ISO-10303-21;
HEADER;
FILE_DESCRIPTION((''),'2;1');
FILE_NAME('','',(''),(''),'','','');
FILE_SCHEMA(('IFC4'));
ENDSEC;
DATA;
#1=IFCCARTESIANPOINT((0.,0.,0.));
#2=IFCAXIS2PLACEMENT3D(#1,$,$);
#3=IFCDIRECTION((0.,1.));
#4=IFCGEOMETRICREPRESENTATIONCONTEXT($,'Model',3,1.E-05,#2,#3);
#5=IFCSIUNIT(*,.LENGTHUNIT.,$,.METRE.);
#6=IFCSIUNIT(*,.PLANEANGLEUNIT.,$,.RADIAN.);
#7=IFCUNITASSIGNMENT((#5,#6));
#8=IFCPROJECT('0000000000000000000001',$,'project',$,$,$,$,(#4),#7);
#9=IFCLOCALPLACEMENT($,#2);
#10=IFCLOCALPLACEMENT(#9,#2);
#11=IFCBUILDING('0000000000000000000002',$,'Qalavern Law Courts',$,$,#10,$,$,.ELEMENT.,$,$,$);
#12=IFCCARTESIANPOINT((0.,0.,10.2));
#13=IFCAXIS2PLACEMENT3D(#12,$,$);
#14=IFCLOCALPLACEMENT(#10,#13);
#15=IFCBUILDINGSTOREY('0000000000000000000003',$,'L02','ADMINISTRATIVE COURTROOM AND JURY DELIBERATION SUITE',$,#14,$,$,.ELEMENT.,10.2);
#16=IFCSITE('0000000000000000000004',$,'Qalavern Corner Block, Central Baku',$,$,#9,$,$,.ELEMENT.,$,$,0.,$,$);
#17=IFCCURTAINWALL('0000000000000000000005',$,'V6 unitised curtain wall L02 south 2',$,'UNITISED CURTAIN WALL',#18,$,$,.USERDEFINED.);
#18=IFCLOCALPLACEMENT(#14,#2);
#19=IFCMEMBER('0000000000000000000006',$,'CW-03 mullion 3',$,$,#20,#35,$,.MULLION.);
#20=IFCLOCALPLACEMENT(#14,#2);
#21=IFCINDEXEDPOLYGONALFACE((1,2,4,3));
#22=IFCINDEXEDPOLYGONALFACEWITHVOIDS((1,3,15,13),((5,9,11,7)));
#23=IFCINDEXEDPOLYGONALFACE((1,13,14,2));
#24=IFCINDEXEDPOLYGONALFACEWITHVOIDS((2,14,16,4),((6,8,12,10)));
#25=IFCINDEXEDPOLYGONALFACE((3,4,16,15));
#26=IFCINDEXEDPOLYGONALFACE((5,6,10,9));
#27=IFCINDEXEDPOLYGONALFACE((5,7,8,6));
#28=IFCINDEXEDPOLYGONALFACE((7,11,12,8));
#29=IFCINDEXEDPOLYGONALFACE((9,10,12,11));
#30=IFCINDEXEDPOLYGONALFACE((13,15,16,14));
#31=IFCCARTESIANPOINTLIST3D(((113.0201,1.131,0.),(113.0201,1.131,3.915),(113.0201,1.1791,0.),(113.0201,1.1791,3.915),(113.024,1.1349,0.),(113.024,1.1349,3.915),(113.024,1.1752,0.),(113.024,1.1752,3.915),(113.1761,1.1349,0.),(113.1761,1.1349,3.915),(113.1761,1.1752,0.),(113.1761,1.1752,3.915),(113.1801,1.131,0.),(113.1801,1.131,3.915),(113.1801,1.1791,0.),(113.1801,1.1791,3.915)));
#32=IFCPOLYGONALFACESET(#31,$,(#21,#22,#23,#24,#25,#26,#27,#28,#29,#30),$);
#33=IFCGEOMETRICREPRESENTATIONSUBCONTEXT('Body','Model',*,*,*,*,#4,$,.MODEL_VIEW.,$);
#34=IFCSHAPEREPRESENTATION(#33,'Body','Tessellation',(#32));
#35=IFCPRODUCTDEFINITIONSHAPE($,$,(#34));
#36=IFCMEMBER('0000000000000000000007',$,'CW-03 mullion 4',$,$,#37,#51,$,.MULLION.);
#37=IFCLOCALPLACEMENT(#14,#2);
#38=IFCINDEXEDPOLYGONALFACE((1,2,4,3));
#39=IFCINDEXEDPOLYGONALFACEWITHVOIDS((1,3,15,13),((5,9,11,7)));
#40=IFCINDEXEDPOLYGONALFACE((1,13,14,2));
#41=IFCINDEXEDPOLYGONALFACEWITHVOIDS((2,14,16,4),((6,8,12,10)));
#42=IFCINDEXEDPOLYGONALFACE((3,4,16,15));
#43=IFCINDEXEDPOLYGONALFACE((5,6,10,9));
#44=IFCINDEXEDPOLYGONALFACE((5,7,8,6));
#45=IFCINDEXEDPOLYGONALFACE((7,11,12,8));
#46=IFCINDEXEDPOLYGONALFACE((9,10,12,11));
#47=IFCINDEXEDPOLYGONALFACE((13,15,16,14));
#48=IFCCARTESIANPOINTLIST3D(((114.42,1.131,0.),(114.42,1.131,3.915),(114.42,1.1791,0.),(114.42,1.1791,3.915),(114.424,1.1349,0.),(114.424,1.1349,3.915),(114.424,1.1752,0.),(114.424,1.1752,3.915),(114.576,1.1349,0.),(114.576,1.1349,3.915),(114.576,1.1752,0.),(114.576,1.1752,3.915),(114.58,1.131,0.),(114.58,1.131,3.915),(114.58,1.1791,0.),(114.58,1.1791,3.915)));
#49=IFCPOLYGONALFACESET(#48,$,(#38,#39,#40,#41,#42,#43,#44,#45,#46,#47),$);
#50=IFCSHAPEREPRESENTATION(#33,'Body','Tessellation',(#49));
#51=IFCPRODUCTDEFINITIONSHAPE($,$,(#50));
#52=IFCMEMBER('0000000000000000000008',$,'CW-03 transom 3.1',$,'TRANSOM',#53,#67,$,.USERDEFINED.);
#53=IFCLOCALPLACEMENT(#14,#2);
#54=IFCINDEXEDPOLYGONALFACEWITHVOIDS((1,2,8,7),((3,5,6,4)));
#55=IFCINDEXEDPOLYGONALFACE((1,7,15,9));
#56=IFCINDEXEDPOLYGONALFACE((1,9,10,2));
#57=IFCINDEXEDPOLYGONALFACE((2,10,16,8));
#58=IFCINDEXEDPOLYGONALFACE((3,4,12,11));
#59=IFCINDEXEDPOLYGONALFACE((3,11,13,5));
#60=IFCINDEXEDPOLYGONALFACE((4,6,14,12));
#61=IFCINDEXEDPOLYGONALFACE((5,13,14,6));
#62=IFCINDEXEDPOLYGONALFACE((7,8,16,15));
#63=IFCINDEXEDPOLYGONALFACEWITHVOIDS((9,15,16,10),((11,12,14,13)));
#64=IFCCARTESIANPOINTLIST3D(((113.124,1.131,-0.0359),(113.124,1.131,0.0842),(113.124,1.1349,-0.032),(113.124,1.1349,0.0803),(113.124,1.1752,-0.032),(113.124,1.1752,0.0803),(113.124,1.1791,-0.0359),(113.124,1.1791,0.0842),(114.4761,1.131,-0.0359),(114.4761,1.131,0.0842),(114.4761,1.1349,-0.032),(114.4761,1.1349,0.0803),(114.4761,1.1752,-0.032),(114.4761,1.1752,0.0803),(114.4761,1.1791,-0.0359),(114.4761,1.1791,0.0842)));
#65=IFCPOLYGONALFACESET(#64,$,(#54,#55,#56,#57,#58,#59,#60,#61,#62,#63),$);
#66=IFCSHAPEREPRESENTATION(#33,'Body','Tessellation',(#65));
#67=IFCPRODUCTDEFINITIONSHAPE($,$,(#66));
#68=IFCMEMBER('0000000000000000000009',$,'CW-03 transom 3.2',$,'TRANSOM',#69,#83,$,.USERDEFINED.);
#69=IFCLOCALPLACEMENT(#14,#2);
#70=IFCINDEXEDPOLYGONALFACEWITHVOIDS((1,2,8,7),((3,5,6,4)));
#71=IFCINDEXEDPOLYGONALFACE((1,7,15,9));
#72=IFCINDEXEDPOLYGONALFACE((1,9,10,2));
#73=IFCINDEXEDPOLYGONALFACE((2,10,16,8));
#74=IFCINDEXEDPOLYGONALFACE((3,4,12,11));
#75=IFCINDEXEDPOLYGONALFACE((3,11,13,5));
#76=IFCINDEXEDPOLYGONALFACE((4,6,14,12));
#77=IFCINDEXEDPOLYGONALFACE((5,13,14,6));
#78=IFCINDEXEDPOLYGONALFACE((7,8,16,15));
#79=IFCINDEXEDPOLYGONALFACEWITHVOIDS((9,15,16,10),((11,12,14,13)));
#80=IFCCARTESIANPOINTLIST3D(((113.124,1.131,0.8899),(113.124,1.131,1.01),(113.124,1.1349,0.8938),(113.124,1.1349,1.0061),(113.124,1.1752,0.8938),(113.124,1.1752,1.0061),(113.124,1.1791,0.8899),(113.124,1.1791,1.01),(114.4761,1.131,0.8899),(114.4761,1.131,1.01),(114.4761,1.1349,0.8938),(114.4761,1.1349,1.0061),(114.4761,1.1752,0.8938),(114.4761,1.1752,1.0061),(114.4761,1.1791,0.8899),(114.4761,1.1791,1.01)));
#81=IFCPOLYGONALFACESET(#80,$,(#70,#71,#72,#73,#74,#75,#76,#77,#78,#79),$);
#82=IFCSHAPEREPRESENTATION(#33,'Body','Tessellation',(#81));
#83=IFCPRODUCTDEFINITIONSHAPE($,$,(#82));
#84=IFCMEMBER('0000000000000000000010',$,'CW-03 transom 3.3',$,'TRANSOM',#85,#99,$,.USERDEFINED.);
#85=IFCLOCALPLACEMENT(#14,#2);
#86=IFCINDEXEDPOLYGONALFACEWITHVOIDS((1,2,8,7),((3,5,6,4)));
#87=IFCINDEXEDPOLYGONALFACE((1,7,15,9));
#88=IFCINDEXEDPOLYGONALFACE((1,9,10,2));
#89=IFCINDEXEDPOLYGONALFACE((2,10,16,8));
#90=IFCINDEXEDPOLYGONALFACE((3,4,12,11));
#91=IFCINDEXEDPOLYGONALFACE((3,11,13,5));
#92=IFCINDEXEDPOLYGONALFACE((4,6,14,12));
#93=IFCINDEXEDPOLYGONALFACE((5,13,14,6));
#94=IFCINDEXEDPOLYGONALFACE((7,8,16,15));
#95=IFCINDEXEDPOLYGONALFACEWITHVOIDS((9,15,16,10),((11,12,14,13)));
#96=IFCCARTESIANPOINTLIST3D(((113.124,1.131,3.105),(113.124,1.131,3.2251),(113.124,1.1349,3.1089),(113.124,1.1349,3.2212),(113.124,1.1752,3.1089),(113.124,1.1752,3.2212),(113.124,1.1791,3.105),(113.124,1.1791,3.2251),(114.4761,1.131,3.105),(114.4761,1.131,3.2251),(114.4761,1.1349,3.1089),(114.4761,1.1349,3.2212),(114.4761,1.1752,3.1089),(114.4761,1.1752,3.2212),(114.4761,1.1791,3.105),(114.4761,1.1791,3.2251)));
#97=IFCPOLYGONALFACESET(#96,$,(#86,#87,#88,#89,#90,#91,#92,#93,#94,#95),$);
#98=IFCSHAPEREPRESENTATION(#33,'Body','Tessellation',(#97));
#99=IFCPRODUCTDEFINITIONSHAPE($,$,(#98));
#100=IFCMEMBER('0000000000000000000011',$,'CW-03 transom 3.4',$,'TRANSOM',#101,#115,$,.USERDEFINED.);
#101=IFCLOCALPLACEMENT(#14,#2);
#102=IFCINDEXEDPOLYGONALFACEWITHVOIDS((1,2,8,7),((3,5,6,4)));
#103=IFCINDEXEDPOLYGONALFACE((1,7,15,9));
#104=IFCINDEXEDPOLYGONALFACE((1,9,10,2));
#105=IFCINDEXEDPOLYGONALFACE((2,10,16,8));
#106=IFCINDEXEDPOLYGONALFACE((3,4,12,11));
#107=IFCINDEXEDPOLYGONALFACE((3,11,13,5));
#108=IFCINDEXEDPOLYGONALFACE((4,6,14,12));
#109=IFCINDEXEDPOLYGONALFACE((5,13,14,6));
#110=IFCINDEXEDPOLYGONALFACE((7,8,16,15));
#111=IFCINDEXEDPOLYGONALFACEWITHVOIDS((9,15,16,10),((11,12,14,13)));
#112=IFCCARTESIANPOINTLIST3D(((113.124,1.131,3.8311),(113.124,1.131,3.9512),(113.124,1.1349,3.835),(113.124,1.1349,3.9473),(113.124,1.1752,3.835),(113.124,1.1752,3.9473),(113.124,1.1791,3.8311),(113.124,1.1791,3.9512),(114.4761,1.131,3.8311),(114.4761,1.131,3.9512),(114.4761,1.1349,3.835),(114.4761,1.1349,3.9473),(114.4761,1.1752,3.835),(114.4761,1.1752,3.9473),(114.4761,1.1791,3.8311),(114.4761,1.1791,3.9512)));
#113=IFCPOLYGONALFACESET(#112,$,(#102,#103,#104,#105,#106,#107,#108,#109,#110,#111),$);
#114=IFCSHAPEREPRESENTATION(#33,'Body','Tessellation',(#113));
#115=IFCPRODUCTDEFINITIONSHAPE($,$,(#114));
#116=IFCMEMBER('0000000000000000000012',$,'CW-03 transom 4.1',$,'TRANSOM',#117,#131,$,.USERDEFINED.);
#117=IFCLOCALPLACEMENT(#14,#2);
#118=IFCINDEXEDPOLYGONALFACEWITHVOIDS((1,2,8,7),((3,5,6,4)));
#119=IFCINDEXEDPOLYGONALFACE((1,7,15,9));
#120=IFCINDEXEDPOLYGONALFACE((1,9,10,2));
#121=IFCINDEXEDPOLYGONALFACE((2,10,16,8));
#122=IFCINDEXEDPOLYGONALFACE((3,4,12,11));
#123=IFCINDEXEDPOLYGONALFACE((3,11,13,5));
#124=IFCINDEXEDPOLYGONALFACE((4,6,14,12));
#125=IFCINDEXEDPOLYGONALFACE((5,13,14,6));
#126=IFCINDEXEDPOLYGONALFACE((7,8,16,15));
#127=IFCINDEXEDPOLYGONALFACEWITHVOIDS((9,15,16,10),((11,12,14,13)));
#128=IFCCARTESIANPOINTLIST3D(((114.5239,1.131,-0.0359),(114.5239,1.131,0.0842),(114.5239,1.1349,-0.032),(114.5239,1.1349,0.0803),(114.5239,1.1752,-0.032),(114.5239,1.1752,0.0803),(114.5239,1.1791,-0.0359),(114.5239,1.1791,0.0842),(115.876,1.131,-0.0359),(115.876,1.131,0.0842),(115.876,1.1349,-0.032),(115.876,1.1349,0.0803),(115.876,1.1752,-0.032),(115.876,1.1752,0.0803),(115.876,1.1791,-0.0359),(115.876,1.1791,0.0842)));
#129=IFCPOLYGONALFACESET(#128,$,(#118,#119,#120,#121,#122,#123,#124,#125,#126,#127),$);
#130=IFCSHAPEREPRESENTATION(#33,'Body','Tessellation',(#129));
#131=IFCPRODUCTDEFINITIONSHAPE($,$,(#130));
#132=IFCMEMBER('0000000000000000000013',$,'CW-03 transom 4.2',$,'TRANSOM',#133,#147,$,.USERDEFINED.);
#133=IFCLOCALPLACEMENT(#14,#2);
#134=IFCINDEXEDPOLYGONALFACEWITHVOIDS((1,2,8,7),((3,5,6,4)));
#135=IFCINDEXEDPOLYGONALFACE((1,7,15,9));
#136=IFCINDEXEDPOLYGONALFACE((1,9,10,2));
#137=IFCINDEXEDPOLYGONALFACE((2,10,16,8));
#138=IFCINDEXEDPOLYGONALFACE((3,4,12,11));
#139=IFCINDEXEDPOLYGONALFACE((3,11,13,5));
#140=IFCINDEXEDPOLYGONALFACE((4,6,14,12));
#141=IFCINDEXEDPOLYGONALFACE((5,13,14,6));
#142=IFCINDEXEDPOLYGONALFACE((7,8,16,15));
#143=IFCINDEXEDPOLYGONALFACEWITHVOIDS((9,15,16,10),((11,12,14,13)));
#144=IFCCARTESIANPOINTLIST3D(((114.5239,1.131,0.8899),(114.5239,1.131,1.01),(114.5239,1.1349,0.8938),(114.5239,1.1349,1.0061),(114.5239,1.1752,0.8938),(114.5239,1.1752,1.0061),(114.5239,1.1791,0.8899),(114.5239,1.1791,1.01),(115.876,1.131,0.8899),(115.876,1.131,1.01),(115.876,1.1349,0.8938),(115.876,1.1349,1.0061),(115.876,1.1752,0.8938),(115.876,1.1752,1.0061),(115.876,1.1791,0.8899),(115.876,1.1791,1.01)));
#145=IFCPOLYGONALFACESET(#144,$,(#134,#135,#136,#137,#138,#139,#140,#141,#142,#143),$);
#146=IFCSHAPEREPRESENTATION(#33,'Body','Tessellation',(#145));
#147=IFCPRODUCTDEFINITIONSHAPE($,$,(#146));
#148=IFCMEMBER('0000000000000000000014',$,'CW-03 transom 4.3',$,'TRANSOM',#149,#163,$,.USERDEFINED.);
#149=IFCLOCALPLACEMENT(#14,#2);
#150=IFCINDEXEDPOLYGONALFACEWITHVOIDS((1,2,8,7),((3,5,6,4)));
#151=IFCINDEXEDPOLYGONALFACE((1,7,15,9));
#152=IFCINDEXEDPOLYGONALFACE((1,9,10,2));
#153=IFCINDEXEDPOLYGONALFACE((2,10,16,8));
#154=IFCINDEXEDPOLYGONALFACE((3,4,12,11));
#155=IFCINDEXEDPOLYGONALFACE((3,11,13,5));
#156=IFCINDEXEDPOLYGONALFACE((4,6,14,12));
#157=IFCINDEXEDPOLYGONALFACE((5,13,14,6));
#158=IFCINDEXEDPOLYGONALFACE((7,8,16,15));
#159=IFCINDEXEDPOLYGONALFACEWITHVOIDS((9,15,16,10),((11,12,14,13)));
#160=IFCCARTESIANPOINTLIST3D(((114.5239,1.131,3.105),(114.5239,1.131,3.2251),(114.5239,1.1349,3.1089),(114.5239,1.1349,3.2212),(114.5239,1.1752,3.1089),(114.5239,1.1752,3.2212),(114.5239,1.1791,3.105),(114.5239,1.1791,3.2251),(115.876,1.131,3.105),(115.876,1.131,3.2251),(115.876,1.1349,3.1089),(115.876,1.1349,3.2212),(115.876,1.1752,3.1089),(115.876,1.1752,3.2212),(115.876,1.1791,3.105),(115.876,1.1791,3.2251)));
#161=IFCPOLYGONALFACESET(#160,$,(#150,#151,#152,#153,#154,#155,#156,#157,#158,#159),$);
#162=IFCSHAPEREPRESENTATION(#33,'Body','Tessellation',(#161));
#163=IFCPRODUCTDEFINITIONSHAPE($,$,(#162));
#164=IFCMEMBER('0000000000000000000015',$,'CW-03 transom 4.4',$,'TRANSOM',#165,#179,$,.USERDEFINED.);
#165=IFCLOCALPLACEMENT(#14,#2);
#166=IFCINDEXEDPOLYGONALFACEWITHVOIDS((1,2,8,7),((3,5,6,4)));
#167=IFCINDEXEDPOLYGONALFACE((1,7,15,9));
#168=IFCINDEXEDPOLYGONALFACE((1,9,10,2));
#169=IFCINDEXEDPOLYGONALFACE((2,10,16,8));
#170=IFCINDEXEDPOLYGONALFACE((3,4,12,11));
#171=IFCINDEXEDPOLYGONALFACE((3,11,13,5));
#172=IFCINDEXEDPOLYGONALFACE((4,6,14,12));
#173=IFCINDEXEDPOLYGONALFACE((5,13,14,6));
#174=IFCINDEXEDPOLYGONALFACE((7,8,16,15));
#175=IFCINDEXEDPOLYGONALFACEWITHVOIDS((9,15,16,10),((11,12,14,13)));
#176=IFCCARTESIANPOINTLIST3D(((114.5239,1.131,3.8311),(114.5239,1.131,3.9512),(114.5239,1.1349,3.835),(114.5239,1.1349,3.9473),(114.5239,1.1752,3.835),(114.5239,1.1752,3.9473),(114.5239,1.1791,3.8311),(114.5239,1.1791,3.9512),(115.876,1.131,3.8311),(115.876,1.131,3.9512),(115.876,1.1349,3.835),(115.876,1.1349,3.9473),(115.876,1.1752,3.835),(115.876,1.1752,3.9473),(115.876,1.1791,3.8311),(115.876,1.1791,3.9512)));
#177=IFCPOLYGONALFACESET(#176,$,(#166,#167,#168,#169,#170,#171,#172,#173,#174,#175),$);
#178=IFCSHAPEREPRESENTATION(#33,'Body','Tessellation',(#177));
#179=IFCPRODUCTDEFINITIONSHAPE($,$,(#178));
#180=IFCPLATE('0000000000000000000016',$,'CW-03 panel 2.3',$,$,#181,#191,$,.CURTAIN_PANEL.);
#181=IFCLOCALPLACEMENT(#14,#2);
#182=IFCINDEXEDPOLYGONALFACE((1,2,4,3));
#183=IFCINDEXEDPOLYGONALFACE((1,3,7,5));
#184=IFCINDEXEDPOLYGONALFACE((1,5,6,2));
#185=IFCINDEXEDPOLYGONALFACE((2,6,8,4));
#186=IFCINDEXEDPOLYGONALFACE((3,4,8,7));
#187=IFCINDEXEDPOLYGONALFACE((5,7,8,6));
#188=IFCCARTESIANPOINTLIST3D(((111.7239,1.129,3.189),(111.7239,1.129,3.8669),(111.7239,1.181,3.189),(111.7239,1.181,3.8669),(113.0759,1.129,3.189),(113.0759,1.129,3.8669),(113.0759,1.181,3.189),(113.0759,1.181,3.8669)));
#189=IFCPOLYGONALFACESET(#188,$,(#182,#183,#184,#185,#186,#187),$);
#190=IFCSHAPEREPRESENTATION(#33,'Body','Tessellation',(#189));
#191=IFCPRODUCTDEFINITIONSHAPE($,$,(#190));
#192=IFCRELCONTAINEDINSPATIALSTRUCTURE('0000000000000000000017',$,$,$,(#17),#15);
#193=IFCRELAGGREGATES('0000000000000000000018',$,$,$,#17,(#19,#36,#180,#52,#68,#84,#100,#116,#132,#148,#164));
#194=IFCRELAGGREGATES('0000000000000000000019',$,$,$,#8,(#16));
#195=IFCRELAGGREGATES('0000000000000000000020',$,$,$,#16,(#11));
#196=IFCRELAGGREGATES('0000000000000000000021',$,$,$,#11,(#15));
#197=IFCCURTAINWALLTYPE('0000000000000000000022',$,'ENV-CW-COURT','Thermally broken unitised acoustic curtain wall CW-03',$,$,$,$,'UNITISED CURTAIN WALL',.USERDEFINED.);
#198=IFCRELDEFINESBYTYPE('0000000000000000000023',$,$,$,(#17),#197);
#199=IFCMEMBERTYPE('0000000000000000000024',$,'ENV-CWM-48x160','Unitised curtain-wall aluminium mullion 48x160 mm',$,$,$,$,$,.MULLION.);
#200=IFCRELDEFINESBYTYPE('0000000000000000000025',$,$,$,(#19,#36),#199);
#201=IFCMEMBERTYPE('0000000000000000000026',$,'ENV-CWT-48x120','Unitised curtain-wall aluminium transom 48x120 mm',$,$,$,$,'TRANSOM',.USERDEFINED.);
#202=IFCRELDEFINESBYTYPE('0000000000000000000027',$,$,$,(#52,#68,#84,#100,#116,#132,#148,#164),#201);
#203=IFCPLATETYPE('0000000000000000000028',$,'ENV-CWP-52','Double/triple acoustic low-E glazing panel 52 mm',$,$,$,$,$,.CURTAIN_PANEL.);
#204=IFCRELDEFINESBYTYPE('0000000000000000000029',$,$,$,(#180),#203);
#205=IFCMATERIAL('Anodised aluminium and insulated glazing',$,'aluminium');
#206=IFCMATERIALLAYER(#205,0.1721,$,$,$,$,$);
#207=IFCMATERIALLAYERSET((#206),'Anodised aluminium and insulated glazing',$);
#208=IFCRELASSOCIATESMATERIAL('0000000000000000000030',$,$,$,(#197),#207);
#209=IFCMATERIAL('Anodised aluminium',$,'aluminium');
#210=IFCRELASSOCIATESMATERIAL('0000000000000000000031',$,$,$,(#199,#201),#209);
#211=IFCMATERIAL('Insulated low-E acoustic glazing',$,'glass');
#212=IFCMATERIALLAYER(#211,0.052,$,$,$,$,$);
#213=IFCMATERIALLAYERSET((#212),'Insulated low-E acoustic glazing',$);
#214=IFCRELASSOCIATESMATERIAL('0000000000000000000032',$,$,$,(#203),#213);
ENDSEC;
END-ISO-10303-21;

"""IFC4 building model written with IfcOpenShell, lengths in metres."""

from ifc_helpers import new_model, si_unit, direction, frame, origin, origin_2d, place, context, subcontext, project, spatial, rectangle, hollow_rectangle, extrude, material, layer, layer_set, material_profile, profile_set, type_object, element, aggregate, save


model = new_model("IFC4")

# Units and contexts
model_context = context("Model", 3, precision=1e-05, world=origin(), true_north=direction((0.0, 1.0)))
body_context = subcontext(model_context, "Body", "Model", "MODEL_VIEW")
ifc_project = project(units=[si_unit("LENGTHUNIT", "METRE"), si_unit("PLANEANGLEUNIT", "RADIAN")], contexts=[model_context])

# Site, building, storey
site_placement = place(None, origin())
site = spatial("IfcSite", under=ifc_project, at=site_placement, Name="Qalavern Corner Block, Central Baku", CompositionType="ELEMENT", RefElevation=0.0)
building_placement = place(site_placement, origin())
building = spatial("IfcBuilding", under=site, at=building_placement, Name="Qalavern Law Courts", CompositionType="ELEMENT")
storey_placement = place(building_placement, frame((0.0, 0.0, 10.2)))
storey = spatial("IfcBuildingStorey", under=building, at=storey_placement, Name="L02", Description="ADMINISTRATIVE COURTROOM AND JURY DELIBERATION SUITE", CompositionType="ELEMENT", Elevation=10.2)

# Curtain wall, members, plate
ifc_material_1 = material(Name="Anodised aluminium and insulated glazing", Category="aluminium")
ifc_layer_1 = layer(ifc_material_1, 0.1721)
ifc_layer_set_1 = layer_set([ifc_layer_1], Name="Anodised aluminium and insulated glazing")
curtain_wall_type = type_object("IfcCurtainWallType", Name="ENV-CW-COURT", Description="Thermally broken unitised acoustic curtain wall CW-03", ElementType="UNITISED CURTAIN WALL", PredefinedType="USERDEFINED", material=ifc_layer_set_1)
curtain_wall_placement = place(storey_placement, origin())
curtain_wall = element("IfcCurtainWall", 1, at=curtain_wall_placement, inside=storey, type_object=curtain_wall_type, Name="V6 unitised curtain wall L02 south 2", ObjectType="UNITISED CURTAIN WALL", PredefinedType="USERDEFINED")
ifc_material_2 = material(Name="Anodised aluminium", Category="aluminium")
ifc_material_profile_1 = material_profile(ifc_material_2, hollow_rectangle(XDim=0.0481, YDim=0.1599, WallThickness=0.0039, at=origin_2d()), Name="ALU MULLION 48x160")
ifc_profile_set_1 = profile_set([ifc_material_profile_1], Name="Anodised aluminium")
member_type_1 = type_object("IfcMemberType", Name="ENV-CWM-48x160", Description="Unitised curtain-wall aluminium mullion 48x160 mm", PredefinedType="MULLION", material=ifc_profile_set_1)
member_1_placement = place(storey_placement, frame((113.1001, 1.155, 0.0), z_axis=(0.0, 0.0, 1.0), x_axis=(0.0, 1.0, 0.0)))
member_1 = element("IfcMember", 2, at=member_1_placement, type_object=member_type_1, Name="CW-03 mullion 3", PredefinedType="MULLION", context=body_context, shape_type="SweptSolid", body=[
    extrude(hollow_rectangle(XDim=0.0481, YDim=0.1599, WallThickness=0.0039, at=origin_2d()), origin(), (0.0, 0.0, 1.0), 3.915),
])
member_2_placement = place(storey_placement, frame((114.5, 1.155, 0.0), z_axis=(0.0, 0.0, 1.0), x_axis=(0.0, 1.0, 0.0)))
member_2 = element("IfcMember", 3, at=member_2_placement, type_object=member_type_1, Name="CW-03 mullion 4", PredefinedType="MULLION", context=body_context, shape_type="SweptSolid", body=[
    extrude(hollow_rectangle(XDim=0.0481, YDim=0.1599, WallThickness=0.0039, at=origin_2d()), origin(), (0.0, 0.0, 1.0), 3.915),
])
ifc_material_profile_2 = material_profile(ifc_material_2, hollow_rectangle(XDim=0.0481, YDim=0.1201, WallThickness=0.0039, at=origin_2d()), Name="ALU TRANSOM 48x120")
ifc_profile_set_2 = profile_set([ifc_material_profile_2], Name="Anodised aluminium")
member_type_2 = type_object("IfcMemberType", Name="ENV-CWT-48x120", Description="Unitised curtain-wall aluminium transom 48x120 mm", ElementType="TRANSOM", PredefinedType="USERDEFINED", material=ifc_profile_set_2)
member_3_placement = place(storey_placement, frame((113.124, 1.155, 0.0242), z_axis=(1.0, 0.0, 0.0), x_axis=(0.0, 1.0, 0.0)))
member_3 = element("IfcMember", 4, at=member_3_placement, type_object=member_type_2, Name="CW-03 transom 3.1", ObjectType="TRANSOM", PredefinedType="USERDEFINED", context=body_context, shape_type="SweptSolid", body=[
    extrude(hollow_rectangle(XDim=0.0481, YDim=0.1201, WallThickness=0.0039, at=origin_2d()), origin(), (0.0, 0.0, 1.0), 1.3521),
])
member_4_placement = place(storey_placement, frame((113.124, 1.155, 0.95), z_axis=(1.0, 0.0, 0.0), x_axis=(0.0, 1.0, 0.0)))
member_4 = element("IfcMember", 5, at=member_4_placement, type_object=member_type_2, Name="CW-03 transom 3.2", ObjectType="TRANSOM", PredefinedType="USERDEFINED", context=body_context, shape_type="SweptSolid", body=[
    extrude(hollow_rectangle(XDim=0.0481, YDim=0.1201, WallThickness=0.0039, at=origin_2d()), origin(), (0.0, 0.0, 1.0), 1.3521),
])
member_5_placement = place(storey_placement, frame((113.124, 1.155, 3.165), z_axis=(1.0, 0.0, 0.0), x_axis=(0.0, 1.0, 0.0)))
member_5 = element("IfcMember", 6, at=member_5_placement, type_object=member_type_2, Name="CW-03 transom 3.3", ObjectType="TRANSOM", PredefinedType="USERDEFINED", context=body_context, shape_type="SweptSolid", body=[
    extrude(hollow_rectangle(XDim=0.0481, YDim=0.1201, WallThickness=0.0039, at=origin_2d()), origin(), (0.0, 0.0, 1.0), 1.3521),
])
member_6_placement = place(storey_placement, frame((113.124, 1.155, 3.8911), z_axis=(1.0, 0.0, 0.0), x_axis=(0.0, 1.0, 0.0)))
member_6 = element("IfcMember", 7, at=member_6_placement, type_object=member_type_2, Name="CW-03 transom 3.4", ObjectType="TRANSOM", PredefinedType="USERDEFINED", context=body_context, shape_type="SweptSolid", body=[
    extrude(hollow_rectangle(XDim=0.0481, YDim=0.1201, WallThickness=0.0039, at=origin_2d()), origin(), (0.0, 0.0, 1.0), 1.3521),
])
member_7_placement = place(storey_placement, frame((114.5239, 1.155, 0.0242), z_axis=(1.0, 0.0, 0.0), x_axis=(0.0, 1.0, 0.0)))
member_7 = element("IfcMember", 8, at=member_7_placement, type_object=member_type_2, Name="CW-03 transom 4.1", ObjectType="TRANSOM", PredefinedType="USERDEFINED", context=body_context, shape_type="SweptSolid", body=[
    extrude(hollow_rectangle(XDim=0.0481, YDim=0.1201, WallThickness=0.0039, at=origin_2d()), origin(), (0.0, 0.0, 1.0), 1.3521),
])
member_8_placement = place(storey_placement, frame((114.5239, 1.155, 0.95), z_axis=(1.0, 0.0, 0.0), x_axis=(0.0, 1.0, 0.0)))
member_8 = element("IfcMember", 9, at=member_8_placement, type_object=member_type_2, Name="CW-03 transom 4.2", ObjectType="TRANSOM", PredefinedType="USERDEFINED", context=body_context, shape_type="SweptSolid", body=[
    extrude(hollow_rectangle(XDim=0.0481, YDim=0.1201, WallThickness=0.0039, at=origin_2d()), origin(), (0.0, 0.0, 1.0), 1.3521),
])
member_9_placement = place(storey_placement, frame((114.5239, 1.155, 3.165), z_axis=(1.0, 0.0, 0.0), x_axis=(0.0, 1.0, 0.0)))
member_9 = element("IfcMember", 10, at=member_9_placement, type_object=member_type_2, Name="CW-03 transom 4.3", ObjectType="TRANSOM", PredefinedType="USERDEFINED", context=body_context, shape_type="SweptSolid", body=[
    extrude(hollow_rectangle(XDim=0.0481, YDim=0.1201, WallThickness=0.0039, at=origin_2d()), origin(), (0.0, 0.0, 1.0), 1.3521),
])
member_10_placement = place(storey_placement, frame((114.5239, 1.155, 3.8911), z_axis=(1.0, 0.0, 0.0), x_axis=(0.0, 1.0, 0.0)))
member_10 = element("IfcMember", 11, at=member_10_placement, type_object=member_type_2, Name="CW-03 transom 4.4", ObjectType="TRANSOM", PredefinedType="USERDEFINED", context=body_context, shape_type="SweptSolid", body=[
    extrude(hollow_rectangle(XDim=0.0481, YDim=0.1201, WallThickness=0.0039, at=origin_2d()), origin(), (0.0, 0.0, 1.0), 1.3521),
])
ifc_material_3 = material(Name="Insulated low-E acoustic glazing", Category="glass")
ifc_layer_2 = layer(ifc_material_3, 0.052)
ifc_layer_set_2 = layer_set([ifc_layer_2], Name="Insulated low-E acoustic glazing")
plate_type = type_object("IfcPlateType", Name="ENV-CWP-52", Description="Double/triple acoustic low-E glazing panel 52 mm", PredefinedType="CURTAIN_PANEL", material=ifc_layer_set_2)
plate_1_placement = place(storey_placement, frame((112.3999, 1.155, 3.189), z_axis=(0.0, 0.0, 1.0), x_axis=(1.0, 0.0, 0.0)))
plate_1 = element("IfcPlate", 12, at=plate_1_placement, type_object=plate_type, Name="CW-03 panel 2.3", PredefinedType="CURTAIN_PANEL", context=body_context, shape_type="SweptSolid", body=[
    extrude(rectangle(XDim=1.3521, YDim=0.052, at=origin_2d()), origin(), (0.0, 0.0, 1.0), 0.678),
])
aggregate(curtain_wall, [member_1, member_2, plate_1, member_3, member_4, member_5, member_6, member_7, member_8, member_9, member_10])

save(model, "model.ifc")
